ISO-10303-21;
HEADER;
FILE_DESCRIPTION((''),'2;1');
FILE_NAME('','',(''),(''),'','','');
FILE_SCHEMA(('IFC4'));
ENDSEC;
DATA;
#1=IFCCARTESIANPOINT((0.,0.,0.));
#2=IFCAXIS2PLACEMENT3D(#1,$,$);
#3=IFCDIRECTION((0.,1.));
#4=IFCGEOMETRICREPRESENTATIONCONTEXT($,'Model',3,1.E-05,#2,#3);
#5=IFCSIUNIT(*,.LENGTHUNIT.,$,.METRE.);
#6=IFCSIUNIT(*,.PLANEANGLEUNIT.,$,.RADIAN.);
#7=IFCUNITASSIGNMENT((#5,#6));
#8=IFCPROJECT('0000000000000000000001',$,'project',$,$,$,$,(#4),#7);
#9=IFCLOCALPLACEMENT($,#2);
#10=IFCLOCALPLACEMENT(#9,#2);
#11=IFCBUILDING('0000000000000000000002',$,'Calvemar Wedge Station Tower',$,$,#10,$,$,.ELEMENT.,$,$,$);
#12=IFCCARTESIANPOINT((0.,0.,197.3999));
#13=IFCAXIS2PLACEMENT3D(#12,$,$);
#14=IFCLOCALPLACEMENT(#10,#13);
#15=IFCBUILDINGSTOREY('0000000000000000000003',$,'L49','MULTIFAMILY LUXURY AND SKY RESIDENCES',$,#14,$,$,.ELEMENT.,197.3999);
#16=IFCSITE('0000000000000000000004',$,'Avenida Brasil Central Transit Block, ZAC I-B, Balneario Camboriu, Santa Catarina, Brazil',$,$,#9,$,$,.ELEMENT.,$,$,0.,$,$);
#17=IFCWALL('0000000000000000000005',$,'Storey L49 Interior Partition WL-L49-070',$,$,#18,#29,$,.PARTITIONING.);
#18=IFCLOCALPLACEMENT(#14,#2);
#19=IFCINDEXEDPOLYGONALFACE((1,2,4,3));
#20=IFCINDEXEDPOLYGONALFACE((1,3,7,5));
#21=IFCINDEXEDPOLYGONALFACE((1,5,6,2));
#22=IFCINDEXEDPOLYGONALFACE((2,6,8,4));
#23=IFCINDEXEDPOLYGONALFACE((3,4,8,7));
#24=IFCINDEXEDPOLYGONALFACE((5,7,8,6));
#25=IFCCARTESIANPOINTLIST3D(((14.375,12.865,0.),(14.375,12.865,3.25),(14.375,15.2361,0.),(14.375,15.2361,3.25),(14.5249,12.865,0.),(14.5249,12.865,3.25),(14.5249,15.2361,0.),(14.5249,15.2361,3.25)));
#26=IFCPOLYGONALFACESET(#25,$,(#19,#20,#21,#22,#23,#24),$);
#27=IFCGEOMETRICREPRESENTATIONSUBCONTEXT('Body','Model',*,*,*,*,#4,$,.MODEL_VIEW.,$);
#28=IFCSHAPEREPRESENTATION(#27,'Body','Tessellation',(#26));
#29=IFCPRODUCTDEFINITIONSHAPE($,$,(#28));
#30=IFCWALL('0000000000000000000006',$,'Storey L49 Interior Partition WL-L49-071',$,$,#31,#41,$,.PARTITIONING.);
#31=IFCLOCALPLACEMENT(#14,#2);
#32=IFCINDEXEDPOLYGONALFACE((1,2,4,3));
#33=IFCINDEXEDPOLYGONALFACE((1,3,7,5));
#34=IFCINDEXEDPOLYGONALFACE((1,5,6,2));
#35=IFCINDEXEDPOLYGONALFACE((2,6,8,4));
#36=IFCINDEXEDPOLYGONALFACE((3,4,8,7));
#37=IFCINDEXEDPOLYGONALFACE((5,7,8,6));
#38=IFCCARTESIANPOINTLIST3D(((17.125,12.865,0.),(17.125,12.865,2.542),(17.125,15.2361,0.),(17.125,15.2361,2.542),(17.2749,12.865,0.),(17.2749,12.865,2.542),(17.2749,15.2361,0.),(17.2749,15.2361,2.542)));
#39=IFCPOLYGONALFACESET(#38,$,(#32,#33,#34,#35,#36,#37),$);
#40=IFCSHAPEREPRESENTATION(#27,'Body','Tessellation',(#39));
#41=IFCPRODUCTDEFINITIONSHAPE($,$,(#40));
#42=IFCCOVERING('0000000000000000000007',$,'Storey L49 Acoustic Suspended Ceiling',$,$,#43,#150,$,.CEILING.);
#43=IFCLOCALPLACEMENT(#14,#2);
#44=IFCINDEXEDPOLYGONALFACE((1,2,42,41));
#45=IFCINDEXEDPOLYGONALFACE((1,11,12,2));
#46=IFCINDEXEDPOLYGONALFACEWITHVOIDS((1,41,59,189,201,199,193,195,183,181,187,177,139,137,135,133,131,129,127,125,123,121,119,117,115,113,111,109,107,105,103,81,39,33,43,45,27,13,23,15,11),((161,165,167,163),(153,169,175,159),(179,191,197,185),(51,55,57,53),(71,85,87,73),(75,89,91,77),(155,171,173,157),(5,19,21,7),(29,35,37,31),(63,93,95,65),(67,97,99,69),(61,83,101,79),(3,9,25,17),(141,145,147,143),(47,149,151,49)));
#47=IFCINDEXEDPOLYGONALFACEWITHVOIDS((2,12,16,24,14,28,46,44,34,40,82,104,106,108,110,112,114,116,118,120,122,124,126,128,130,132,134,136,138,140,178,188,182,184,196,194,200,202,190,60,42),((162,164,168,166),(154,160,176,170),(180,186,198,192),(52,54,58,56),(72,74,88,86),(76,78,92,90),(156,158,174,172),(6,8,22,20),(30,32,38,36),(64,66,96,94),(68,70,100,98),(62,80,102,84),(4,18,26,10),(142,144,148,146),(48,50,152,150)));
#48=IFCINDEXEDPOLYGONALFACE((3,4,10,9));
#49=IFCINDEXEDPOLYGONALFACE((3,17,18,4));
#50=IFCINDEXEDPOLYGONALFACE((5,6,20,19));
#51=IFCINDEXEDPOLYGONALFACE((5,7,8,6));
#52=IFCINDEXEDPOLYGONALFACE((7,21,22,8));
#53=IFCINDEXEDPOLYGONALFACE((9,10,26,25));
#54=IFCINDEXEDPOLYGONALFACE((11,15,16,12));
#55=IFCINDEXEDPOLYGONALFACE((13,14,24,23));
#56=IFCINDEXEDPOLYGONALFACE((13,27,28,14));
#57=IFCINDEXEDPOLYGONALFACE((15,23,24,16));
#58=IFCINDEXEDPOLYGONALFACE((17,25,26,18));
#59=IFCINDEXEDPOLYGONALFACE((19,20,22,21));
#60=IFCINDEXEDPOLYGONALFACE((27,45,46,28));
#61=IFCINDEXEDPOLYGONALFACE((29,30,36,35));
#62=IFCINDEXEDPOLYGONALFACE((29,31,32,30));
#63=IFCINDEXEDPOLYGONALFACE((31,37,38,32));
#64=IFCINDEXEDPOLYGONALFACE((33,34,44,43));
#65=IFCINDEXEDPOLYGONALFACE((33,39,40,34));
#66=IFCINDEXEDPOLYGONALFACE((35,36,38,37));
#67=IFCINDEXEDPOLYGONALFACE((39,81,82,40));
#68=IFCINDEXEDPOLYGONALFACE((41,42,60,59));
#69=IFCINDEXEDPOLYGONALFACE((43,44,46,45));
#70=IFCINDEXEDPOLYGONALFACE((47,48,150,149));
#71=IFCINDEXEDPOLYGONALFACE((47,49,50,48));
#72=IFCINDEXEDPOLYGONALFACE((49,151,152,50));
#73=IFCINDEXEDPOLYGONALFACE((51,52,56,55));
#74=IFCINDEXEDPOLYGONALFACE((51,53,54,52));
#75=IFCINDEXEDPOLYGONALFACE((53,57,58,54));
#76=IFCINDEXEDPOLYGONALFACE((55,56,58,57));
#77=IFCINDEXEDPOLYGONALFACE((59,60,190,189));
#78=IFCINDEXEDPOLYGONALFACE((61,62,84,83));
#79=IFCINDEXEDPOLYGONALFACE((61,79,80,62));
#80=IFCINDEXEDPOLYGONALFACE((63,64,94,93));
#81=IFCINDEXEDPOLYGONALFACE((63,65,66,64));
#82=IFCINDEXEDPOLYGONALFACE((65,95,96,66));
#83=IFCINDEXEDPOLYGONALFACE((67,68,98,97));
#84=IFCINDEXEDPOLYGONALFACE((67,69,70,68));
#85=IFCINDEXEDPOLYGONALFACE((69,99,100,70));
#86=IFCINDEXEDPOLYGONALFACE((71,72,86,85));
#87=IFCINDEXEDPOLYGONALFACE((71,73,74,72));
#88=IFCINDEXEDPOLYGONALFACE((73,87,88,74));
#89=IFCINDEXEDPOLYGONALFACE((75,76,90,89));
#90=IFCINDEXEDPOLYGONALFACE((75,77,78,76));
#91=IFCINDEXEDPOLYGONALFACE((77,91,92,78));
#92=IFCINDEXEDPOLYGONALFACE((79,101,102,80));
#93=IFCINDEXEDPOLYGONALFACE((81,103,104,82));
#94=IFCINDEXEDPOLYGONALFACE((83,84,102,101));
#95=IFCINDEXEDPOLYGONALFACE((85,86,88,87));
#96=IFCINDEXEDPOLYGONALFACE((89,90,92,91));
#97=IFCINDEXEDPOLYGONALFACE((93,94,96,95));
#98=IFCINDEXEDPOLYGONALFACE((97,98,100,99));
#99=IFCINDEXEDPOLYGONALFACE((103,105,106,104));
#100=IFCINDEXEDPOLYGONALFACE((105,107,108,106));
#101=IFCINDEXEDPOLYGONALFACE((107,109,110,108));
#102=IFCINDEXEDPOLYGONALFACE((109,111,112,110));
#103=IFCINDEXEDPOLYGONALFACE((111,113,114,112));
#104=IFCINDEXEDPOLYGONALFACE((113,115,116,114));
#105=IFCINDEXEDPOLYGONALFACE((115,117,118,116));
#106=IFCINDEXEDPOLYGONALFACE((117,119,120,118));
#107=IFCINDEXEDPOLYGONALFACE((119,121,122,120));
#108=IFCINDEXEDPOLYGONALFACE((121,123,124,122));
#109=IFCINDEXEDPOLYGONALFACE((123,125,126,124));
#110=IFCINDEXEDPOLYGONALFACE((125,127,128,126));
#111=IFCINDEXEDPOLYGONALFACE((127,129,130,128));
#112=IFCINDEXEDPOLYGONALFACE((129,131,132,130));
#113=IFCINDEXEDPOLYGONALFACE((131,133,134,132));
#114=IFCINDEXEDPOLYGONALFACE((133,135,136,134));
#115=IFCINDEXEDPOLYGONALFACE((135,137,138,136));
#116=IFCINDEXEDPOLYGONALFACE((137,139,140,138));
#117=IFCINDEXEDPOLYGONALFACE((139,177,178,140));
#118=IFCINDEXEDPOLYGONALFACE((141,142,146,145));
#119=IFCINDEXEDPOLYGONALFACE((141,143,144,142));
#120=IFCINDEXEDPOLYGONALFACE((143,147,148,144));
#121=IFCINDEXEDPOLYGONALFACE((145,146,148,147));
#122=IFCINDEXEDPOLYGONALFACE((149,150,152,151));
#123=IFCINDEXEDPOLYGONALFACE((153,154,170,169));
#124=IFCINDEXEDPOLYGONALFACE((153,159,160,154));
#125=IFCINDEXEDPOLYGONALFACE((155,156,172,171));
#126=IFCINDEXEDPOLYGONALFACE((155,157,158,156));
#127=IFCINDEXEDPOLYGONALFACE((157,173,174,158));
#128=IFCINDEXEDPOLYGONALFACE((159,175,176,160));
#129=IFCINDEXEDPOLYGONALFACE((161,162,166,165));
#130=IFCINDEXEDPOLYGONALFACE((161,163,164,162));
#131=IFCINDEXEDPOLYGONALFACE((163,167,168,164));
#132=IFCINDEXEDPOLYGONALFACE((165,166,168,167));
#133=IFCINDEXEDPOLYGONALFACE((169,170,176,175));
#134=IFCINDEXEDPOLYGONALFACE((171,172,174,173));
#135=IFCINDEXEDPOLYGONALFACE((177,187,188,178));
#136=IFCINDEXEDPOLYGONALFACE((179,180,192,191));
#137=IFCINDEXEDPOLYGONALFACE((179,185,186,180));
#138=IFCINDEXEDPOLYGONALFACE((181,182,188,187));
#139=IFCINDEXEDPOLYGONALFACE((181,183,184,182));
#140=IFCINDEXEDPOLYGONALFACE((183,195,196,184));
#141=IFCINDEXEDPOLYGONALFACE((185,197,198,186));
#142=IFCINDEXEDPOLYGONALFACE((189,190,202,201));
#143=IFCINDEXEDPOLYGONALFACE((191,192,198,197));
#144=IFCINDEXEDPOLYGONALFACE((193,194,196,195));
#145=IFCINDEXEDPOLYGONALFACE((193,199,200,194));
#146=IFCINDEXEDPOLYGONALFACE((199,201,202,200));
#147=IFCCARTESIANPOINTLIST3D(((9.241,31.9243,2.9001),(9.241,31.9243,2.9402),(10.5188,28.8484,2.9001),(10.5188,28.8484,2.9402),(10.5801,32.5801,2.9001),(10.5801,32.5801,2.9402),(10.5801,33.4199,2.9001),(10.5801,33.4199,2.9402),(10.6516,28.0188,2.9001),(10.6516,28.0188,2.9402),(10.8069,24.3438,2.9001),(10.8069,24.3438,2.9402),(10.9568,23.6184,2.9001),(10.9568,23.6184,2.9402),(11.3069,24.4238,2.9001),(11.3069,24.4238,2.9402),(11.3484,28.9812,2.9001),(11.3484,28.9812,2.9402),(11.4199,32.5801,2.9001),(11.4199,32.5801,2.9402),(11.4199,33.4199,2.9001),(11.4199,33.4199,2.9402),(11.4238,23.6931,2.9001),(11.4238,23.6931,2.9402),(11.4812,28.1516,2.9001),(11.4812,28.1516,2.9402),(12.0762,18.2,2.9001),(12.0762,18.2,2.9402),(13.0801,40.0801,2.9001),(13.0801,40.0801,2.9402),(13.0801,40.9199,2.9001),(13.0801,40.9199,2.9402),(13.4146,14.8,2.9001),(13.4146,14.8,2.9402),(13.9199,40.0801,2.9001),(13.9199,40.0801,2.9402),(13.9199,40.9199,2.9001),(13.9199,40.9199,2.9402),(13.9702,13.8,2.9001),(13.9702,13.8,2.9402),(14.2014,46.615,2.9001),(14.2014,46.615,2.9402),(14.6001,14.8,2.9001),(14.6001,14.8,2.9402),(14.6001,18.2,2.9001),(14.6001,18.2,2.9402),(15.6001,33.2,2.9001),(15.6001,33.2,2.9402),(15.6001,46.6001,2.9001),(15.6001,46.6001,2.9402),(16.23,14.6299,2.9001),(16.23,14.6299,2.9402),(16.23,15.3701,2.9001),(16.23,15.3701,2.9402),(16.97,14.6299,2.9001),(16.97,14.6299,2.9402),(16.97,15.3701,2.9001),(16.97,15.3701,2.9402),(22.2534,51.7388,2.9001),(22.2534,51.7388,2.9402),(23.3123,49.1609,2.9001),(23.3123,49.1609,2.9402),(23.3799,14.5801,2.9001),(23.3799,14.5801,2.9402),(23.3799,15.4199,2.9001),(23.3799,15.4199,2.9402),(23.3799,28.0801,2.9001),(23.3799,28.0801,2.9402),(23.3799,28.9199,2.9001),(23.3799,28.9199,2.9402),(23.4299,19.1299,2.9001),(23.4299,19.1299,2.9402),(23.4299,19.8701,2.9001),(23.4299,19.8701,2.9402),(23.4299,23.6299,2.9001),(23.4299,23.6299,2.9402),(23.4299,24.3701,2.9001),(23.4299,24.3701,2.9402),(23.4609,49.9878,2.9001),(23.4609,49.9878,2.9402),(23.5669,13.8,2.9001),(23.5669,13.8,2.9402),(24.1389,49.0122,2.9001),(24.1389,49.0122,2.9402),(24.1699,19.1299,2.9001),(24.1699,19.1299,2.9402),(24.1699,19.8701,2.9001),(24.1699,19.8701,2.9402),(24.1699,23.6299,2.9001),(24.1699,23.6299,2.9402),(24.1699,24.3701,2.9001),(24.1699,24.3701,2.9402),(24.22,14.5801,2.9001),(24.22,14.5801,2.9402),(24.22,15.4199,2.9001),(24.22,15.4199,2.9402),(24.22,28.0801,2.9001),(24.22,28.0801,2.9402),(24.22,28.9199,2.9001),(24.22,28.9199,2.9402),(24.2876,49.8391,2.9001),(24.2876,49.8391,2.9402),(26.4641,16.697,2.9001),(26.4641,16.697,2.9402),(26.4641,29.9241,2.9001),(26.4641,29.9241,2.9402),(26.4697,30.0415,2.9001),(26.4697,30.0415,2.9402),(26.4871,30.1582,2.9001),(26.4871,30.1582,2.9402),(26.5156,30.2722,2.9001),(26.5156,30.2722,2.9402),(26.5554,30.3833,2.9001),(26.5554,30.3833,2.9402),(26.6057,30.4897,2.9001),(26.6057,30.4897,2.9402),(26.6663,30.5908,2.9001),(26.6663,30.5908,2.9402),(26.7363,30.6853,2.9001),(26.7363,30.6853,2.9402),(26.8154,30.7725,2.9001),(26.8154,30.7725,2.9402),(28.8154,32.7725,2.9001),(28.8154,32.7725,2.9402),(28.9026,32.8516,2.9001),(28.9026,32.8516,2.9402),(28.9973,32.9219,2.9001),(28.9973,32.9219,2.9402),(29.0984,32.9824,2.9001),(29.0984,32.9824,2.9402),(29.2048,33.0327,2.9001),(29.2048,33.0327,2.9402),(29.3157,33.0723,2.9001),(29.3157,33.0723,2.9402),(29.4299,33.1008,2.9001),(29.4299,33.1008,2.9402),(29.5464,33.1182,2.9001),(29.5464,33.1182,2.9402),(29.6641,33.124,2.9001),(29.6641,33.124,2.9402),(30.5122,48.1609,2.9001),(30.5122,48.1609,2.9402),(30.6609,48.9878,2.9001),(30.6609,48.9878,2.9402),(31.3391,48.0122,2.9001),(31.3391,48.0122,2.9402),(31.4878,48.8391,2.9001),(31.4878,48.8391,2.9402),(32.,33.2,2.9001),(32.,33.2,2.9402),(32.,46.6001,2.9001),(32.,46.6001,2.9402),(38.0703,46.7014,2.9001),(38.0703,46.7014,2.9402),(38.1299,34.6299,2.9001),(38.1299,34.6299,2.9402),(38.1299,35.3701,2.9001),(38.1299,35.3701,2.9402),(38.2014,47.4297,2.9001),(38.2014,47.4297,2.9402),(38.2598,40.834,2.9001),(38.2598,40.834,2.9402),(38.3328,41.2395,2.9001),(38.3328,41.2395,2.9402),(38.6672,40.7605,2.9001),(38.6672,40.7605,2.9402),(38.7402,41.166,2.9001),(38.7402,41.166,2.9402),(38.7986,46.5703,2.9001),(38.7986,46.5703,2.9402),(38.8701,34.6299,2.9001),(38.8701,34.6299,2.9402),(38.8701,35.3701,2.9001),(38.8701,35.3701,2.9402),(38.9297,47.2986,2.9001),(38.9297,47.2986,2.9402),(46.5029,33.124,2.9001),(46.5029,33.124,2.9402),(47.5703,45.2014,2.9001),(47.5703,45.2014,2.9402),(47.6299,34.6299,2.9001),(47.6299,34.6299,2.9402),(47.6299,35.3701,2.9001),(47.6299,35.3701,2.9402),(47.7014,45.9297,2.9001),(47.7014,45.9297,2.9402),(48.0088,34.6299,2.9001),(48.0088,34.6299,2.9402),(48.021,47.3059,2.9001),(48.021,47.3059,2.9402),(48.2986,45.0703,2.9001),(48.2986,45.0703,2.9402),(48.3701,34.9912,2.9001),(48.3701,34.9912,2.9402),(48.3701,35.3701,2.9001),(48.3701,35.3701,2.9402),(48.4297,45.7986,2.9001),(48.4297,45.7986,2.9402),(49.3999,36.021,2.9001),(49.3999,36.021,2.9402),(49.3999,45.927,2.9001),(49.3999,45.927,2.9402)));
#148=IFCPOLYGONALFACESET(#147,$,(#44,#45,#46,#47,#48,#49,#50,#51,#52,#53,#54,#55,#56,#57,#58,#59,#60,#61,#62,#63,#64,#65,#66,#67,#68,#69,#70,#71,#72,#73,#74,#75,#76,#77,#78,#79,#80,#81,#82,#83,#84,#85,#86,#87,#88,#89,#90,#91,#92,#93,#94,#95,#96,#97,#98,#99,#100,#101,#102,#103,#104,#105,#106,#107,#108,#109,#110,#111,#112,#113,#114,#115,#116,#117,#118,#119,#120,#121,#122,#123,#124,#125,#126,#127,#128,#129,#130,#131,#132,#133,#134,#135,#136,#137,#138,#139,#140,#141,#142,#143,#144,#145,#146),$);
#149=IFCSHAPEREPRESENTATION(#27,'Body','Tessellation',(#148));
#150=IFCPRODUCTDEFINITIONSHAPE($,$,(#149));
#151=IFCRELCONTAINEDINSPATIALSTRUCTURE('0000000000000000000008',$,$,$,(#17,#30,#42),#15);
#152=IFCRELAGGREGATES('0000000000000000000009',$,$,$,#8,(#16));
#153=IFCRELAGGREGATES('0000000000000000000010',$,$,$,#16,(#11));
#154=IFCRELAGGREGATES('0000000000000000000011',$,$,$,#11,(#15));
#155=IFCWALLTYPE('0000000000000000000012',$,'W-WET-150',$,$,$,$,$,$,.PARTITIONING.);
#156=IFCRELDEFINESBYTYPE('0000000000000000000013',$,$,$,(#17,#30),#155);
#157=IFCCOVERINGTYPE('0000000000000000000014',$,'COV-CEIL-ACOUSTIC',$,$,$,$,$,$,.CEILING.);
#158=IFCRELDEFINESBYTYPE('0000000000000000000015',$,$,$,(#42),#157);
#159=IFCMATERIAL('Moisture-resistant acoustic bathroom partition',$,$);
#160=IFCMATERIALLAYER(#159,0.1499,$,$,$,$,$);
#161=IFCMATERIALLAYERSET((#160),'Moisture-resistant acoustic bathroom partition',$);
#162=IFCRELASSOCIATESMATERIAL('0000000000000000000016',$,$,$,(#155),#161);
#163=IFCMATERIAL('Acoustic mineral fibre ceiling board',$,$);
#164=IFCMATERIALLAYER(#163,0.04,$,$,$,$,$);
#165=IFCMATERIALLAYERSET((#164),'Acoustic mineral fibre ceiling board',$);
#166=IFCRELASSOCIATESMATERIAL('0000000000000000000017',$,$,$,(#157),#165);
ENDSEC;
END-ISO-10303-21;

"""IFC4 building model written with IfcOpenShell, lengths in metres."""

from ifc_helpers import new_model, si_unit, direction, frame, frame_2d, origin, place, context, subcontext, project, spatial, polyline, rectangle, outline, extrude, material, layer, layer_set, type_object, element, save


model = new_model("IFC4")

# Units and contexts
model_context = context("Model", 3, precision=1e-05, world=origin(), true_north=direction((0.0, 1.0)))
body_context = subcontext(model_context, "Body", "Model", "MODEL_VIEW")
ifc_project = project(units=[si_unit("LENGTHUNIT", "METRE"), si_unit("PLANEANGLEUNIT", "RADIAN")], contexts=[model_context])

# Site, building, storey
site_placement = place(None, origin())
site = spatial("IfcSite", under=ifc_project, at=site_placement, Name="Avenida Brasil Central Transit Block, ZAC I-B, Balneario Camboriu, Santa Catarina, Brazil", CompositionType="ELEMENT", RefElevation=0.0)
building_placement = place(site_placement, origin())
building = spatial("IfcBuilding", under=site, at=building_placement, Name="Calvemar Wedge Station Tower", CompositionType="ELEMENT")
storey_placement = place(building_placement, frame((0.0, 0.0, 197.3999)))
storey = spatial("IfcBuildingStorey", under=building, at=storey_placement, Name="L49", Description="MULTIFAMILY LUXURY AND SKY RESIDENCES", CompositionType="ELEMENT", Elevation=197.3999)

# Shared definitions
ifc_material_1 = material(Name="Moisture-resistant acoustic bathroom partition")
ifc_layer_1 = layer(ifc_material_1, 0.1499)
ifc_layer_set_1 = layer_set([ifc_layer_1], Name="Moisture-resistant acoustic bathroom partition")
wall_type_1 = type_object("IfcWallType", Name="W-WET-150", PredefinedType="PARTITIONING", material=ifc_layer_set_1)

# Walls
wall_1_placement = place(storey_placement, frame((14.45, 12.865, 0.0), z_axis=(0.0, 0.0, 1.0), x_axis=(0.0, 1.0, 0.0)))
element("IfcWall", 1, at=wall_1_placement, inside=storey, type_object=wall_type_1, Name="Storey L49 Interior Partition WL-L49-070", PredefinedType="PARTITIONING", context=body_context, shape_type="SweptSolid", body=[
    extrude(rectangle(XDim=2.3711, YDim=0.1499, at=frame_2d((1.1855, 0.0))), origin(), (0.0, 0.0, 1.0), 3.25),
])
wall_2_placement = place(storey_placement, frame((17.2, 15.2361, 0.0), z_axis=(0.0, 0.0, 1.0), x_axis=(0.0, -1.0, 0.0)))
element("IfcWall", 2, at=wall_2_placement, inside=storey, type_object=wall_type_1, Name="Storey L49 Interior Partition WL-L49-071", PredefinedType="PARTITIONING", context=body_context, shape_type="SweptSolid", body=[
    extrude(rectangle(XDim=2.3711, YDim=0.1499, at=frame_2d((1.1855, 0.0))), origin(), (0.0, 0.0, 1.0), 2.542),
])

# Covering
ifc_material_2 = material(Name="Acoustic mineral fibre ceiling board")
ifc_layer_2 = layer(ifc_material_2, 0.04)
ifc_layer_set_2 = layer_set([ifc_layer_2], Name="Acoustic mineral fibre ceiling board")
covering_type_1 = type_object("IfcCoveringType", Name="COV-CEIL-ACOUSTIC", PredefinedType="CEILING", material=ifc_layer_set_2)
covering_1_placement = place(storey_placement, frame((0.0, 0.0, 2.9001)))
element("IfcCovering", 3, at=covering_1_placement, inside=storey, type_object=covering_type_1, Name="Storey L49 Acoustic Suspended Ceiling", PredefinedType="CEILING", context=body_context, shape_type="SweptSolid", body=[
    extrude(outline(polyline([(26.8154, 30.7725), (28.8154, 32.7725), (28.9026, 32.8516), (28.9973, 32.9219), (29.0984, 32.9824), (29.2048, 33.0327), (29.3157, 33.0723), (29.4299, 33.1008), (29.5464, 33.1182), (29.6641, 33.124), (46.5029, 33.124), (48.0088, 34.6299), (47.6299, 34.6299), (47.6299, 35.3701), (48.3701, 35.3701), (48.3701, 34.9912), (49.3999, 36.021), (49.3999, 45.927), (48.021, 47.3059), (22.2534, 51.7388), (14.2014, 46.615), (9.241, 31.9243), (10.8069, 24.3438), (11.3069, 24.4238), (11.4238, 23.6931), (10.9568, 23.6184), (12.0762, 18.2), (14.6001, 18.2), (14.6001, 14.8), (13.4146, 14.8), (13.9702, 13.8), (23.5669, 13.8), (26.4641, 16.697), (26.4641, 29.9241), (26.4697, 30.0415), (26.4871, 30.1582), (26.5156, 30.2722), (26.5554, 30.3833), (26.6057, 30.4897), (26.6663, 30.5908), (26.7363, 30.6853), (26.8154, 30.7725)]), holes=[polyline([(15.6001, 46.6001), (32.0, 46.6001), (32.0, 33.2), (15.6001, 33.2), (15.6001, 46.6001)]), polyline([(10.5801, 32.5801), (10.5801, 33.4199), (11.4199, 33.4199), (11.4199, 32.5801), (10.5801, 32.5801)]), polyline([(13.0801, 40.9199), (13.9199, 40.9199), (13.9199, 40.0801), (13.0801, 40.0801), (13.0801, 40.9199)]), polyline([(24.2876, 49.8391), (24.1389, 49.0122), (23.3123, 49.1609), (23.4609, 49.9878), (24.2876, 49.8391)]), polyline([(31.3391, 48.0122), (30.5122, 48.1609), (30.6609, 48.9878), (31.4878, 48.8391), (31.3391, 48.0122)]), polyline([(38.0703, 46.7014), (38.2014, 47.4297), (38.9297, 47.2986), (38.7986, 46.5703), (38.0703, 46.7014)]), polyline([(47.7014, 45.9297), (48.4297, 45.7986), (48.2986, 45.0703), (47.5703, 45.2014), (47.7014, 45.9297)]), polyline([(38.8701, 35.3701), (38.8701, 34.6299), (38.1299, 34.6299), (38.1299, 35.3701), (38.8701, 35.3701)]), polyline([(38.2598, 40.834), (38.3328, 41.2395), (38.7402, 41.166), (38.6672, 40.7605), (38.2598, 40.834)]), polyline([(11.3484, 28.9812), (11.4812, 28.1516), (10.6516, 28.0188), (10.5188, 28.8484), (11.3484, 28.9812)]), polyline([(24.22, 28.0801), (23.3799, 28.0801), (23.3799, 28.9199), (24.22, 28.9199), (24.22, 28.0801)]), polyline([(23.4299, 23.6299), (23.4299, 24.3701), (24.1699, 24.3701), (24.1699, 23.6299), (23.4299, 23.6299)]), polyline([(23.4299, 19.8701), (24.1699, 19.8701), (24.1699, 19.1299), (23.4299, 19.1299), (23.4299, 19.8701)]), polyline([(24.22, 15.4199), (24.22, 14.5801), (23.3799, 14.5801), (23.3799, 15.4199), (24.22, 15.4199)]), polyline([(16.97, 14.6299), (16.23, 14.6299), (16.23, 15.3701), (16.97, 15.3701), (16.97, 14.6299)])]), origin(), (0.0, 0.0, 1.0), 0.04),
])

save(model, "model.ifc")
